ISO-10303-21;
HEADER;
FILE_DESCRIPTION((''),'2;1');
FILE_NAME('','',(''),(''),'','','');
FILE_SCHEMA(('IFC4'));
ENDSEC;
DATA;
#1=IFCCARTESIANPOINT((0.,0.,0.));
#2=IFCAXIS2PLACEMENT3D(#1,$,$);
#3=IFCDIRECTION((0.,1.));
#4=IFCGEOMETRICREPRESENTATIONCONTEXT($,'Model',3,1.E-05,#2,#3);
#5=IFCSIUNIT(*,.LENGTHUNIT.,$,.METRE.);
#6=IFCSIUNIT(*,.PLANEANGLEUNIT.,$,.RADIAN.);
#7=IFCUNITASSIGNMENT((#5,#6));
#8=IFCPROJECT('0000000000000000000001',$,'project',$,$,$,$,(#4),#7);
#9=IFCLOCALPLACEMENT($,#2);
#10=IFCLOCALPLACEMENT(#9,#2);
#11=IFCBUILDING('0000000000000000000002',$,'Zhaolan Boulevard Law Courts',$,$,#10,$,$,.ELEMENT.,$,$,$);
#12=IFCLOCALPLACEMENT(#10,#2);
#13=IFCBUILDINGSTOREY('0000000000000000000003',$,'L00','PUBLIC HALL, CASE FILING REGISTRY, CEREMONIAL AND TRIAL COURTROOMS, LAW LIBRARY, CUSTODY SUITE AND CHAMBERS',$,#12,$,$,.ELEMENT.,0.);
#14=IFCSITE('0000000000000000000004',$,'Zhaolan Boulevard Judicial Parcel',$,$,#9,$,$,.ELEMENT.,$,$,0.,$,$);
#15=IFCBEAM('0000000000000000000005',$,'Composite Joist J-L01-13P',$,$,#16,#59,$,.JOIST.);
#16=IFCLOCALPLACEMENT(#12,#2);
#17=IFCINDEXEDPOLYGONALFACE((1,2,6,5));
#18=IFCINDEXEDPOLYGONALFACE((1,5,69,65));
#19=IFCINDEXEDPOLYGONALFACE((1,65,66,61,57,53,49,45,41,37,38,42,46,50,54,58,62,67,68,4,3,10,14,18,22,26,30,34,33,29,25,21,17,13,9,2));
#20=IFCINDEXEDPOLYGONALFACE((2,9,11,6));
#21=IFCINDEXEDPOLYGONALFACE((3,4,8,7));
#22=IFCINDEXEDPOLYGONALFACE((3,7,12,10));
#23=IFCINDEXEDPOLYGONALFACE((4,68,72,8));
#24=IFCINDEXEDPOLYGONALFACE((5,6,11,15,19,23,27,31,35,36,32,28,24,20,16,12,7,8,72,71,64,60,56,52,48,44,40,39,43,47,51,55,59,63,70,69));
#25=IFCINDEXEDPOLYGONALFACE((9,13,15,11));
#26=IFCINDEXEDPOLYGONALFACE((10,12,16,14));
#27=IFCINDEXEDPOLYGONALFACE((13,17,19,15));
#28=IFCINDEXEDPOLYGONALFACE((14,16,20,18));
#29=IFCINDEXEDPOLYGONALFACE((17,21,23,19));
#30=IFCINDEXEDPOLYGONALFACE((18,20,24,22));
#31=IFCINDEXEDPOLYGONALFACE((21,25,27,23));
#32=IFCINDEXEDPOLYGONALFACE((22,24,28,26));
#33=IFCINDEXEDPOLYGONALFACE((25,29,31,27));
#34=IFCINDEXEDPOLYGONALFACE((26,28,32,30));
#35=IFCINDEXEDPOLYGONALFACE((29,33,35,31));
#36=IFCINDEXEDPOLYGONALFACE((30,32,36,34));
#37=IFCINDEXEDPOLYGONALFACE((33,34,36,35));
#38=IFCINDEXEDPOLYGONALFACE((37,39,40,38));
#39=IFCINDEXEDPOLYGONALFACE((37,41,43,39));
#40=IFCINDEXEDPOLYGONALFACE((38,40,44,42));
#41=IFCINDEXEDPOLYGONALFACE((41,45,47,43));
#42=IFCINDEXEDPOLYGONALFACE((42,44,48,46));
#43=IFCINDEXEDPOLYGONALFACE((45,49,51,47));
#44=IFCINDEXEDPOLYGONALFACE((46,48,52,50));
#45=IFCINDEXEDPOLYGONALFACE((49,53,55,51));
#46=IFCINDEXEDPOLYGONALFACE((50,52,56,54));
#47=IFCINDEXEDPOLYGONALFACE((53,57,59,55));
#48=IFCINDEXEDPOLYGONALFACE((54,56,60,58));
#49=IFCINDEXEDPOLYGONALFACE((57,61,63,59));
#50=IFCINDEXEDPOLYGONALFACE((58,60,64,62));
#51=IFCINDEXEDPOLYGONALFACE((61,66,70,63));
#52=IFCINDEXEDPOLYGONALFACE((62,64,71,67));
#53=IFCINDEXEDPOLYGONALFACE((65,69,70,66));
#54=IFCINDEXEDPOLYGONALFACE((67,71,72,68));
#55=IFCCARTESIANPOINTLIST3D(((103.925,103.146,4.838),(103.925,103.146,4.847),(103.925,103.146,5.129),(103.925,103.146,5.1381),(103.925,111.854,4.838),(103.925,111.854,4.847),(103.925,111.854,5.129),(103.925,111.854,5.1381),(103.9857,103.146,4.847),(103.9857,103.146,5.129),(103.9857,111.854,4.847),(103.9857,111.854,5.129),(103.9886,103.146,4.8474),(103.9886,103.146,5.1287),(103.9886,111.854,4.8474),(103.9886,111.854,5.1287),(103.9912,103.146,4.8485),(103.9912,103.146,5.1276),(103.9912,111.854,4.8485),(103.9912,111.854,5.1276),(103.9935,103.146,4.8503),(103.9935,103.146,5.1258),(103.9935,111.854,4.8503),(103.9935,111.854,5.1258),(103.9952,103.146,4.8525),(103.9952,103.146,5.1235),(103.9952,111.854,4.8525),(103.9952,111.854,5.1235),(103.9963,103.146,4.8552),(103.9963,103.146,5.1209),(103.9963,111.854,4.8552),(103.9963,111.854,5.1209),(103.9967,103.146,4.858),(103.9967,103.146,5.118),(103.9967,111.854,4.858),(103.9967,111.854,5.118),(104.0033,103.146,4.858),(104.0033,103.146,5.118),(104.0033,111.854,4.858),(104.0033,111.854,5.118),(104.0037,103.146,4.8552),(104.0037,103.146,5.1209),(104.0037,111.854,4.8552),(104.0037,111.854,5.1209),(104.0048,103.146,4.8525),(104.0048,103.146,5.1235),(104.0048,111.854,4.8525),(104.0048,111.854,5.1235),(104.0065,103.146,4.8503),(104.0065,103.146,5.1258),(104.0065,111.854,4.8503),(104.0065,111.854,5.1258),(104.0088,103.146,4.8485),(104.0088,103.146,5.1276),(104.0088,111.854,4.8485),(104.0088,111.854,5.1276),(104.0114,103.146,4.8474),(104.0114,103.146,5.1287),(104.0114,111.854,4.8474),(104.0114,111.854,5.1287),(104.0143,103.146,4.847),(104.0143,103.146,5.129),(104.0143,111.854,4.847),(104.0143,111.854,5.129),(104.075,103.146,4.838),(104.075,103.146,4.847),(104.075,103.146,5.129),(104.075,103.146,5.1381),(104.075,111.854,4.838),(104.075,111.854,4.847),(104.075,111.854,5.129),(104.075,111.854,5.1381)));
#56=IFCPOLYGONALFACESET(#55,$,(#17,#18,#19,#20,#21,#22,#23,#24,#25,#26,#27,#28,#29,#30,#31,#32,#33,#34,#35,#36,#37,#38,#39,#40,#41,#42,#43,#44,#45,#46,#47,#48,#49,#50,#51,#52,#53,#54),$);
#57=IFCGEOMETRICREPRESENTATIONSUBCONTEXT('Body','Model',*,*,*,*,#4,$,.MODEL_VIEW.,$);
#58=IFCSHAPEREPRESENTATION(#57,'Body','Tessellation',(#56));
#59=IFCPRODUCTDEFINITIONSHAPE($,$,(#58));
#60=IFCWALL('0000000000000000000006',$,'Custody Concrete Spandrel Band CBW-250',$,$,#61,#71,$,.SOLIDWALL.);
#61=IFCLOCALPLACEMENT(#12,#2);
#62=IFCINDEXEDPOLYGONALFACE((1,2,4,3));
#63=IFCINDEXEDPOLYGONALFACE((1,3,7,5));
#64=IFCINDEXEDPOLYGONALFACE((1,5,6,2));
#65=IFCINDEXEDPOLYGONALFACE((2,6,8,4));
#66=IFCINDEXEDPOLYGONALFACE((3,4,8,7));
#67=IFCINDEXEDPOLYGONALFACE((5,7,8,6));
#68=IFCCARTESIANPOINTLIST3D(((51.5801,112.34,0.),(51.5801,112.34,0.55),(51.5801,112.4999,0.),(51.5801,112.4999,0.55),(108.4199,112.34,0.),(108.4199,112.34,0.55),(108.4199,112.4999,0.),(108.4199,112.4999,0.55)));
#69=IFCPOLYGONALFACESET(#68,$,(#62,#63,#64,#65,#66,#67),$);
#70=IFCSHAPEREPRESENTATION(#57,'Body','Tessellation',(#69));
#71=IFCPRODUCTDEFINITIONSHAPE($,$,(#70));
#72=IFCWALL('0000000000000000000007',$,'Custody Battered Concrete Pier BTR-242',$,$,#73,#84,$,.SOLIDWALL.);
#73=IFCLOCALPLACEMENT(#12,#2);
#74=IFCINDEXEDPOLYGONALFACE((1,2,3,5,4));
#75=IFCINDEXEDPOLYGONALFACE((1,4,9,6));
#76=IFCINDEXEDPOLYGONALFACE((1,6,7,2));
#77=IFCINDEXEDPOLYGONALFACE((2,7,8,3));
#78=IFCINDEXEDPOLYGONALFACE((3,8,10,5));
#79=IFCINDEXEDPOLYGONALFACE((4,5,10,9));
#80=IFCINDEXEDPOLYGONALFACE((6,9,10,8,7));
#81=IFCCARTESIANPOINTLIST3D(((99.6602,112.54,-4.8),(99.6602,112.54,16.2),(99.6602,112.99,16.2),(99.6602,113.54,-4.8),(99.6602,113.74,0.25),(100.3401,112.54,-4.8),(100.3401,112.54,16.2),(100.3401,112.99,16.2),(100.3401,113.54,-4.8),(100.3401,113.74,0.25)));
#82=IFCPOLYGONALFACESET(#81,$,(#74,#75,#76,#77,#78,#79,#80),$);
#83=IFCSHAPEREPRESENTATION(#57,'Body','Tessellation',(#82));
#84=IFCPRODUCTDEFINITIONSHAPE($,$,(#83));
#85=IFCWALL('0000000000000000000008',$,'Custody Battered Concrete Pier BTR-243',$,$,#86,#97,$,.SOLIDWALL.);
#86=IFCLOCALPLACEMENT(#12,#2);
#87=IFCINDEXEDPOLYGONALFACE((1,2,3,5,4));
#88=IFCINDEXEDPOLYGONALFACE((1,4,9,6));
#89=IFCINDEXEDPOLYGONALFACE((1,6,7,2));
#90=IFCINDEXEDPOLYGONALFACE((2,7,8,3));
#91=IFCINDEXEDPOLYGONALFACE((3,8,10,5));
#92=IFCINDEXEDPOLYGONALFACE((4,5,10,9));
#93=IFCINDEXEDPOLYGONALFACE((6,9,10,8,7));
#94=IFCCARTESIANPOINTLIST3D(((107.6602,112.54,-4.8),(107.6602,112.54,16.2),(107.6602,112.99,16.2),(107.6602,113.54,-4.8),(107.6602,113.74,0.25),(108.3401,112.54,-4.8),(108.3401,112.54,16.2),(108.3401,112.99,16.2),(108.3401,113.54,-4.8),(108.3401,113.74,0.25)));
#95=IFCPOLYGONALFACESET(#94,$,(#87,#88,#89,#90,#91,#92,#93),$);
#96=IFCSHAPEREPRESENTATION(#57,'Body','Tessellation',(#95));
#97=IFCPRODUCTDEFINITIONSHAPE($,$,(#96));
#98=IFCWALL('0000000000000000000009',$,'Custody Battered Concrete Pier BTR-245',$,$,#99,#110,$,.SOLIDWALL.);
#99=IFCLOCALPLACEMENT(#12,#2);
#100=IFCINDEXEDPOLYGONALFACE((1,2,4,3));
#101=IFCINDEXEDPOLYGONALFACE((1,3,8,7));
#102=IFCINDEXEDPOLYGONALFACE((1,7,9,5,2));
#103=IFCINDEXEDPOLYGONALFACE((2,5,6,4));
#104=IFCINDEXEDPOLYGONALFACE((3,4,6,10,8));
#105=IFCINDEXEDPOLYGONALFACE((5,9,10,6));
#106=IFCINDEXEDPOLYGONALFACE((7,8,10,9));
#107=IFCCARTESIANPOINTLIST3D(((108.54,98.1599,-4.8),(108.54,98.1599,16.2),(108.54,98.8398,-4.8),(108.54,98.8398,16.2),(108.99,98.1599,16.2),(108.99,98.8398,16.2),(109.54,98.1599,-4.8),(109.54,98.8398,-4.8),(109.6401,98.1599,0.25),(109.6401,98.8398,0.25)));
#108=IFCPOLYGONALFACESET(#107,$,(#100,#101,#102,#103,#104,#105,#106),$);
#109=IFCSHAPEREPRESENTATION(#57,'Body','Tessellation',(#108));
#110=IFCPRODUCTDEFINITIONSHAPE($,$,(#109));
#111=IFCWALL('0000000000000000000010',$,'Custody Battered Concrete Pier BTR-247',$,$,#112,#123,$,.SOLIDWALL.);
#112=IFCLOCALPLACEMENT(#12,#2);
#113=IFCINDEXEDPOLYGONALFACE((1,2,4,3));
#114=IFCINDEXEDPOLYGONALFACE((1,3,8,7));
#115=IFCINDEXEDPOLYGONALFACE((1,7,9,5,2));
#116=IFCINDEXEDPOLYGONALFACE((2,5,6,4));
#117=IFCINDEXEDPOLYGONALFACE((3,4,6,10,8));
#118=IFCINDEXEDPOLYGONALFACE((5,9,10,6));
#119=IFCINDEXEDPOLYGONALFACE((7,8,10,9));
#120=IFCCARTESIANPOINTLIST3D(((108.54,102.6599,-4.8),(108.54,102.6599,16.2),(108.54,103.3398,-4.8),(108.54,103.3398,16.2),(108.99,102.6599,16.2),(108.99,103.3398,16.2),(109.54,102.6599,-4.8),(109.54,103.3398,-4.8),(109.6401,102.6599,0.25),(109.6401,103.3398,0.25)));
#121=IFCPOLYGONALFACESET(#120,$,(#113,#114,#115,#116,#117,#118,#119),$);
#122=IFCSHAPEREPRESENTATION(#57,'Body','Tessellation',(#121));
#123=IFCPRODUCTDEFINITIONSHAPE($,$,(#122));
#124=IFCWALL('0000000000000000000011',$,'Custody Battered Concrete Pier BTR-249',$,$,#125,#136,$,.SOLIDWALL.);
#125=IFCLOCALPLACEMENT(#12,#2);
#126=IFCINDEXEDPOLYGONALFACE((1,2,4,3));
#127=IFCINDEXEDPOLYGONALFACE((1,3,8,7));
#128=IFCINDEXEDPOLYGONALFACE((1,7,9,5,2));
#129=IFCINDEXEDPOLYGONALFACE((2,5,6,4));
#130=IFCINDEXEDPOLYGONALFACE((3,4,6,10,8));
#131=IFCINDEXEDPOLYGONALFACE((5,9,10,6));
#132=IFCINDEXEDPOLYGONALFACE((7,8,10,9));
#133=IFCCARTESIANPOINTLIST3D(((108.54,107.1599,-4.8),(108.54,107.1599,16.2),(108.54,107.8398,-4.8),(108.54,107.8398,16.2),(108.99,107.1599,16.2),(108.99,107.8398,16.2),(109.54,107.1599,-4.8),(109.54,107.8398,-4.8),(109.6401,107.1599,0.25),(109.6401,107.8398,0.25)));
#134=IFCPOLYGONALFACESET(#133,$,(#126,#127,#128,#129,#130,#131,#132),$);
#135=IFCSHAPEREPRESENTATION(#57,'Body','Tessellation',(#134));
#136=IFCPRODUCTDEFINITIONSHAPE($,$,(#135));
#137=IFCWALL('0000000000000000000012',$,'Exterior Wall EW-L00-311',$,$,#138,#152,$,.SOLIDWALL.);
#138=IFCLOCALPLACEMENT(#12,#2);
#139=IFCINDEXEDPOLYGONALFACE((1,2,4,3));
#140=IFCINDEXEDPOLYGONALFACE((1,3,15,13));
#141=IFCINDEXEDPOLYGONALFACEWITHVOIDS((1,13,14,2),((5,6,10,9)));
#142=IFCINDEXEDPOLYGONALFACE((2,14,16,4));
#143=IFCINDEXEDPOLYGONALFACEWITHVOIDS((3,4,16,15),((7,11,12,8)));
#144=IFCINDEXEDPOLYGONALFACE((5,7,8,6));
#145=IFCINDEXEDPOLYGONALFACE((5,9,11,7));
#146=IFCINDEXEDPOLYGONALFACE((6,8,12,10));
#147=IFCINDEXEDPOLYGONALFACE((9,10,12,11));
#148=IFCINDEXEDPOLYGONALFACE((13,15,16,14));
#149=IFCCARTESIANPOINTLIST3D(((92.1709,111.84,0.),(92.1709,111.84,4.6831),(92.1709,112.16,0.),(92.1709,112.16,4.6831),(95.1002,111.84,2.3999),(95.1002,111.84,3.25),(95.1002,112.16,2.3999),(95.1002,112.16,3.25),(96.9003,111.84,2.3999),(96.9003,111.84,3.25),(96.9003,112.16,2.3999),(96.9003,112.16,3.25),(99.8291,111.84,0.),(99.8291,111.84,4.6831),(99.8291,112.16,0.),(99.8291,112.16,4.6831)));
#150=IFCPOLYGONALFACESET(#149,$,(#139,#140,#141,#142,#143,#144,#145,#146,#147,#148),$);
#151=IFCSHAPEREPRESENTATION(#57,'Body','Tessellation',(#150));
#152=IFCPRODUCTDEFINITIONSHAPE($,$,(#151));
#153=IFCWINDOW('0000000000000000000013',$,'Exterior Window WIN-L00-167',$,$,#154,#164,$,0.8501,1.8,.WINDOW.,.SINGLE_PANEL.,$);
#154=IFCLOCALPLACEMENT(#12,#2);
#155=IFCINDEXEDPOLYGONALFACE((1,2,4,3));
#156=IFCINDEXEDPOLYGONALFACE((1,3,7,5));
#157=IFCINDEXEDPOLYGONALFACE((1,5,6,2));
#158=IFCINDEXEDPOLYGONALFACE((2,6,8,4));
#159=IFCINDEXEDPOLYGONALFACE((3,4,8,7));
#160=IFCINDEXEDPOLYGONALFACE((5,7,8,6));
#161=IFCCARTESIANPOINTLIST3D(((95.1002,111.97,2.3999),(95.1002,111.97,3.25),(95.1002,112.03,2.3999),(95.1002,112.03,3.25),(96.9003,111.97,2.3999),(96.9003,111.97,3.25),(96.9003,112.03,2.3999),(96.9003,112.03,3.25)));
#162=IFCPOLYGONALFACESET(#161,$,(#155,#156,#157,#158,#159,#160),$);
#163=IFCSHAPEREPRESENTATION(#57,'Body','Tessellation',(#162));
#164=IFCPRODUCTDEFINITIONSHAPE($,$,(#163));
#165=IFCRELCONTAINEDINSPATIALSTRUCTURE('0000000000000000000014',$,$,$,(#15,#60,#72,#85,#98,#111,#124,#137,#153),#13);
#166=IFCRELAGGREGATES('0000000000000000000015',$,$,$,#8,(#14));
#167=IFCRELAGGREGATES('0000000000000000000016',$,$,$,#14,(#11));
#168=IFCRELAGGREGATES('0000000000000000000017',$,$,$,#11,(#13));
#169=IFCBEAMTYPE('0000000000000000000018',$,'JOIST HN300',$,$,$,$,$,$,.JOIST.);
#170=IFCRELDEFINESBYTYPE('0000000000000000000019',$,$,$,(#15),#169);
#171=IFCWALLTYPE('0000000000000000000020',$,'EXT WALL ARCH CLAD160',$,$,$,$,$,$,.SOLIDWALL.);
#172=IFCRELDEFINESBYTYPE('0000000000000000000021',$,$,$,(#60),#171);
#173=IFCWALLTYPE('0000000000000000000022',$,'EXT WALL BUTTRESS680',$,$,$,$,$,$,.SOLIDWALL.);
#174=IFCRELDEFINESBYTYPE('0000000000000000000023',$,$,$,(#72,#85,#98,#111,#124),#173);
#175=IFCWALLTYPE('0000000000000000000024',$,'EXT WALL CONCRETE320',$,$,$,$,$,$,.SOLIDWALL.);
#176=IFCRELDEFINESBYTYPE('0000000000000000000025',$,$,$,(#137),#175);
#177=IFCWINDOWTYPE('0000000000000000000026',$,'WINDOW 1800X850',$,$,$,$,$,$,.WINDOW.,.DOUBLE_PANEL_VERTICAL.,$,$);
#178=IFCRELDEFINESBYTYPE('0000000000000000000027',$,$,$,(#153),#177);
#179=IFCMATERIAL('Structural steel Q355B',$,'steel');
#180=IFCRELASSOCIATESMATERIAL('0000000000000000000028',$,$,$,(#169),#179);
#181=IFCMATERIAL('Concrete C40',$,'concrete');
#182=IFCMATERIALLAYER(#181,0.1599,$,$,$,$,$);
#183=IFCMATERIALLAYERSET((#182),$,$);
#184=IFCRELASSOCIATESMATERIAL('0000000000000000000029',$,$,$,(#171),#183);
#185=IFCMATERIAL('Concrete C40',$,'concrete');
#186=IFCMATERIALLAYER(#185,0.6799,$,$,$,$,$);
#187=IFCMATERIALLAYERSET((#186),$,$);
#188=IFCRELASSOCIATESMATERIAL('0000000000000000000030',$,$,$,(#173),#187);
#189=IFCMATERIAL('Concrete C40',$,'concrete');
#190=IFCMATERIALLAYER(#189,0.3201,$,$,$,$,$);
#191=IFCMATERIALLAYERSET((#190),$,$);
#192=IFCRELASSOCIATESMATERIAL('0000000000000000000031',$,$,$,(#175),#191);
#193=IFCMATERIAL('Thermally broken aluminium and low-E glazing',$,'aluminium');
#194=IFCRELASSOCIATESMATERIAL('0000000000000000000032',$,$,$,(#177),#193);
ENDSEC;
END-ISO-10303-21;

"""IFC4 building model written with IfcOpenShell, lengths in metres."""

from ifc_helpers import new_model, si_unit, direction, frame, frame_2d, origin, origin_2d, place, context, subcontext, project, spatial, polyline, rectangle, i_section, outline, extrude, material, layer, layer_set, material_profile, profile_set, type_object, element, fill, save


model = new_model("IFC4")

# Units and contexts
model_context = context("Model", 3, precision=1e-05, world=origin(), true_north=direction((0.0, 1.0)))
body_context = subcontext(model_context, "Body", "Model", "MODEL_VIEW")
ifc_project = project(units=[si_unit("LENGTHUNIT", "METRE"), si_unit("PLANEANGLEUNIT", "RADIAN")], contexts=[model_context])

# Site, building, storey
site_placement = place(None, origin())
site = spatial("IfcSite", under=ifc_project, at=site_placement, Name="Zhaolan Boulevard Judicial Parcel", CompositionType="ELEMENT", RefElevation=0.0)
building_placement = place(site_placement, origin())
building = spatial("IfcBuilding", under=site, at=building_placement, Name="Zhaolan Boulevard Law Courts", CompositionType="ELEMENT")
storey_placement = place(building_placement, origin())
storey = spatial("IfcBuildingStorey", under=building, at=storey_placement, Name="L00", Description="PUBLIC HALL, CASE FILING REGISTRY, CEREMONIAL AND TRIAL COURTROOMS, LAW LIBRARY, CUSTODY SUITE AND CHAMBERS", CompositionType="ELEMENT", Elevation=0.0)

# Beam
ifc_material_1 = material(Name="Structural steel Q355B", Category="steel")
ifc_material_profile_1 = material_profile(ifc_material_1, i_section(OverallWidth=0.1499, OverallDepth=0.3, WebThickness=0.0066, FlangeThickness=0.009, FilletRadius=0.011, at=origin_2d()), Name="HN300x150")
ifc_profile_set_1 = profile_set([ifc_material_profile_1], Name="Structural steel Q355B")
beam_type_1 = type_object("IfcBeamType", Name="JOIST HN300", PredefinedType="JOIST", material=ifc_profile_set_1)
beam_placement = place(storey_placement, frame((104.0, 103.146, 4.988), z_axis=(0.0, 1.0, 0.0), x_axis=(-1.0, 0.0, 0.0)))
element("IfcBeam", 1, at=beam_placement, inside=storey, type_object=beam_type_1, Name="Composite Joist J-L01-13P", PredefinedType="JOIST", context=body_context, shape_type="SweptSolid", body=[
    extrude(i_section(OverallWidth=0.1499, OverallDepth=0.3, WebThickness=0.0066, FlangeThickness=0.009, FilletRadius=0.011, at=origin_2d()), origin(), (0.0, 0.0, 1.0), 8.708),
])

# Walls
ifc_material_2 = material(Name="Concrete C40", Category="concrete")
ifc_layer_1 = layer(ifc_material_2, 0.1599)
ifc_layer_set_1 = layer_set([ifc_layer_1])
wall_type_1 = type_object("IfcWallType", Name="EXT WALL ARCH CLAD160", PredefinedType="SOLIDWALL", material=ifc_layer_set_1)
wall_1_placement = place(storey_placement, frame((108.4199, 112.4199, 0.0), z_axis=(0.0, 0.0, 1.0), x_axis=(-1.0, 0.0, 0.0)))
element("IfcWall", 2, at=wall_1_placement, inside=storey, type_object=wall_type_1, Name="Custody Concrete Spandrel Band CBW-250", PredefinedType="SOLIDWALL", context=body_context, shape_type="SweptSolid", body=[
    extrude(rectangle(XDim=56.8398, YDim=0.1599, at=frame_2d((28.4199, 0.0))), origin(), (0.0, 0.0, 1.0), 0.55),
])
ifc_material_3 = material(Name="Concrete C40", Category="concrete")
ifc_layer_2 = layer(ifc_material_3, 0.6799)
ifc_layer_set_2 = layer_set([ifc_layer_2])
wall_type_2 = type_object("IfcWallType", Name="EXT WALL BUTTRESS680", PredefinedType="SOLIDWALL", material=ifc_layer_set_2)
for number, where, z_axis, x_axis, name in (
    (3, (100.0, 112.54, -4.8), (0.0, 0.0, 1.0), (0.0, 1.0, 0.0), "Custody Battered Concrete Pier BTR-242"),
    (4, (108.0, 112.54, -4.8), (0.0, 0.0, 1.0), (0.0, 1.0, 0.0), "Custody Battered Concrete Pier BTR-243"),
):
    element("IfcWall", number, at=place(storey_placement, frame(where, z_axis=z_axis, x_axis=x_axis)), inside=storey, type_object=wall_type_2, Name=name, PredefinedType="SOLIDWALL", context=body_context, shape_type="SweptSolid", body=[
        extrude(outline(polyline([(0.0, 0.0), (1.0, 0.0), (1.2, 5.05), (0.45, 21.0), (0.0, 21.0), (0.0, 0.0)])), frame((0.0, 0.3398, 0.0), z_axis=(0.0, -1.0, 0.0), x_axis=(1.0, 0.0, 0.0)), (0.0, 0.0, 1.0), 0.6799),
    ])
for number, where, z_axis, x_axis, name in (
    (5, (108.54, 98.5, -4.8), (0.0, 0.0, 1.0), (1.0, 0.0, 0.0), "Custody Battered Concrete Pier BTR-245"),
    (6, (108.54, 103.0, -4.8), (0.0, 0.0, 1.0), (1.0, 0.0, 0.0), "Custody Battered Concrete Pier BTR-247"),
    (7, (108.54, 107.5, -4.8), (0.0, 0.0, 1.0), (1.0, 0.0, 0.0), "Custody Battered Concrete Pier BTR-249"),
):
    element("IfcWall", number, at=place(storey_placement, frame(where, z_axis=z_axis, x_axis=x_axis)), inside=storey, type_object=wall_type_2, Name=name, PredefinedType="SOLIDWALL", context=body_context, shape_type="SweptSolid", body=[
        extrude(outline(polyline([(0.0, 0.0), (1.0, 0.0), (1.1001, 5.05), (0.45, 21.0), (0.0, 21.0), (0.0, 0.0)])), frame((0.0, 0.3398, 0.0), z_axis=(0.0, -1.0, 0.0), x_axis=(1.0, 0.0, 0.0)), (0.0, 0.0, 1.0), 0.6799),
    ])

# Wall, opening, window
ifc_material_4 = material(Name="Concrete C40", Category="concrete")
ifc_layer_3 = layer(ifc_material_4, 0.3201)
ifc_layer_set_3 = layer_set([ifc_layer_3])
wall_type_3 = type_object("IfcWallType", Name="EXT WALL CONCRETE320", PredefinedType="SOLIDWALL", material=ifc_layer_set_3)
wall_2_placement = place(storey_placement, frame((99.8291, 112.0, 0.0), z_axis=(0.0, 0.0, 1.0), x_axis=(-1.0, 0.0, 0.0)))
wall_2 = element("IfcWall", 8, at=wall_2_placement, inside=storey, type_object=wall_type_3, Name="Exterior Wall EW-L00-311", PredefinedType="SOLIDWALL", context=body_context, shape_type="SweptSolid", body=[
    extrude(rectangle(XDim=7.6582, YDim=0.3201, at=frame_2d((3.8291, 0.0))), origin(), (0.0, 0.0, 1.0), 4.6831),
])
opening_1_placement = place(wall_2_placement, frame((2.929, 0.0, 2.3999)))
opening_1 = element("IfcOpeningElement", 9, at=opening_1_placement, cuts=wall_2, PredefinedType="OPENING", context=body_context, shape_type="SweptSolid", body=[
    extrude(rectangle(XDim=1.8, YDim=0.8501, at=frame_2d((0.8999, 0.425))), frame((0.0, 0.1699, 0.0), z_axis=(0.0, -1.0, 0.0), x_axis=(1.0, 0.0, 0.0)), (0.0, 0.0, 1.0), 0.3401),
])
ifc_material_5 = material(Name="Thermally broken aluminium and low-E glazing", Category="aluminium")
window_type_1 = type_object("IfcWindowType", Name="WINDOW 1800X850", PartitioningType="DOUBLE_PANEL_VERTICAL", PredefinedType="WINDOW", material=ifc_material_5)
window_1_placement = place(opening_1_placement, origin())
window_1 = element("IfcWindow", 10, at=window_1_placement, inside=storey, type_object=window_type_1, Name="Exterior Window WIN-L00-167", OverallHeight=0.8501, OverallWidth=1.8, PartitioningType="SINGLE_PANEL", PredefinedType="WINDOW", context=body_context, shape_type="SweptSolid", body=[
    extrude(rectangle(XDim=1.8, YDim=0.8501, at=frame_2d((0.8999, 0.425))), frame((0.0, 0.03, 0.0), z_axis=(0.0, -1.0, 0.0), x_axis=(1.0, 0.0, 0.0)), (0.0, 0.0, 1.0), 0.0601),
])
fill(opening_1, window_1)

save(model, "model.ifc")
